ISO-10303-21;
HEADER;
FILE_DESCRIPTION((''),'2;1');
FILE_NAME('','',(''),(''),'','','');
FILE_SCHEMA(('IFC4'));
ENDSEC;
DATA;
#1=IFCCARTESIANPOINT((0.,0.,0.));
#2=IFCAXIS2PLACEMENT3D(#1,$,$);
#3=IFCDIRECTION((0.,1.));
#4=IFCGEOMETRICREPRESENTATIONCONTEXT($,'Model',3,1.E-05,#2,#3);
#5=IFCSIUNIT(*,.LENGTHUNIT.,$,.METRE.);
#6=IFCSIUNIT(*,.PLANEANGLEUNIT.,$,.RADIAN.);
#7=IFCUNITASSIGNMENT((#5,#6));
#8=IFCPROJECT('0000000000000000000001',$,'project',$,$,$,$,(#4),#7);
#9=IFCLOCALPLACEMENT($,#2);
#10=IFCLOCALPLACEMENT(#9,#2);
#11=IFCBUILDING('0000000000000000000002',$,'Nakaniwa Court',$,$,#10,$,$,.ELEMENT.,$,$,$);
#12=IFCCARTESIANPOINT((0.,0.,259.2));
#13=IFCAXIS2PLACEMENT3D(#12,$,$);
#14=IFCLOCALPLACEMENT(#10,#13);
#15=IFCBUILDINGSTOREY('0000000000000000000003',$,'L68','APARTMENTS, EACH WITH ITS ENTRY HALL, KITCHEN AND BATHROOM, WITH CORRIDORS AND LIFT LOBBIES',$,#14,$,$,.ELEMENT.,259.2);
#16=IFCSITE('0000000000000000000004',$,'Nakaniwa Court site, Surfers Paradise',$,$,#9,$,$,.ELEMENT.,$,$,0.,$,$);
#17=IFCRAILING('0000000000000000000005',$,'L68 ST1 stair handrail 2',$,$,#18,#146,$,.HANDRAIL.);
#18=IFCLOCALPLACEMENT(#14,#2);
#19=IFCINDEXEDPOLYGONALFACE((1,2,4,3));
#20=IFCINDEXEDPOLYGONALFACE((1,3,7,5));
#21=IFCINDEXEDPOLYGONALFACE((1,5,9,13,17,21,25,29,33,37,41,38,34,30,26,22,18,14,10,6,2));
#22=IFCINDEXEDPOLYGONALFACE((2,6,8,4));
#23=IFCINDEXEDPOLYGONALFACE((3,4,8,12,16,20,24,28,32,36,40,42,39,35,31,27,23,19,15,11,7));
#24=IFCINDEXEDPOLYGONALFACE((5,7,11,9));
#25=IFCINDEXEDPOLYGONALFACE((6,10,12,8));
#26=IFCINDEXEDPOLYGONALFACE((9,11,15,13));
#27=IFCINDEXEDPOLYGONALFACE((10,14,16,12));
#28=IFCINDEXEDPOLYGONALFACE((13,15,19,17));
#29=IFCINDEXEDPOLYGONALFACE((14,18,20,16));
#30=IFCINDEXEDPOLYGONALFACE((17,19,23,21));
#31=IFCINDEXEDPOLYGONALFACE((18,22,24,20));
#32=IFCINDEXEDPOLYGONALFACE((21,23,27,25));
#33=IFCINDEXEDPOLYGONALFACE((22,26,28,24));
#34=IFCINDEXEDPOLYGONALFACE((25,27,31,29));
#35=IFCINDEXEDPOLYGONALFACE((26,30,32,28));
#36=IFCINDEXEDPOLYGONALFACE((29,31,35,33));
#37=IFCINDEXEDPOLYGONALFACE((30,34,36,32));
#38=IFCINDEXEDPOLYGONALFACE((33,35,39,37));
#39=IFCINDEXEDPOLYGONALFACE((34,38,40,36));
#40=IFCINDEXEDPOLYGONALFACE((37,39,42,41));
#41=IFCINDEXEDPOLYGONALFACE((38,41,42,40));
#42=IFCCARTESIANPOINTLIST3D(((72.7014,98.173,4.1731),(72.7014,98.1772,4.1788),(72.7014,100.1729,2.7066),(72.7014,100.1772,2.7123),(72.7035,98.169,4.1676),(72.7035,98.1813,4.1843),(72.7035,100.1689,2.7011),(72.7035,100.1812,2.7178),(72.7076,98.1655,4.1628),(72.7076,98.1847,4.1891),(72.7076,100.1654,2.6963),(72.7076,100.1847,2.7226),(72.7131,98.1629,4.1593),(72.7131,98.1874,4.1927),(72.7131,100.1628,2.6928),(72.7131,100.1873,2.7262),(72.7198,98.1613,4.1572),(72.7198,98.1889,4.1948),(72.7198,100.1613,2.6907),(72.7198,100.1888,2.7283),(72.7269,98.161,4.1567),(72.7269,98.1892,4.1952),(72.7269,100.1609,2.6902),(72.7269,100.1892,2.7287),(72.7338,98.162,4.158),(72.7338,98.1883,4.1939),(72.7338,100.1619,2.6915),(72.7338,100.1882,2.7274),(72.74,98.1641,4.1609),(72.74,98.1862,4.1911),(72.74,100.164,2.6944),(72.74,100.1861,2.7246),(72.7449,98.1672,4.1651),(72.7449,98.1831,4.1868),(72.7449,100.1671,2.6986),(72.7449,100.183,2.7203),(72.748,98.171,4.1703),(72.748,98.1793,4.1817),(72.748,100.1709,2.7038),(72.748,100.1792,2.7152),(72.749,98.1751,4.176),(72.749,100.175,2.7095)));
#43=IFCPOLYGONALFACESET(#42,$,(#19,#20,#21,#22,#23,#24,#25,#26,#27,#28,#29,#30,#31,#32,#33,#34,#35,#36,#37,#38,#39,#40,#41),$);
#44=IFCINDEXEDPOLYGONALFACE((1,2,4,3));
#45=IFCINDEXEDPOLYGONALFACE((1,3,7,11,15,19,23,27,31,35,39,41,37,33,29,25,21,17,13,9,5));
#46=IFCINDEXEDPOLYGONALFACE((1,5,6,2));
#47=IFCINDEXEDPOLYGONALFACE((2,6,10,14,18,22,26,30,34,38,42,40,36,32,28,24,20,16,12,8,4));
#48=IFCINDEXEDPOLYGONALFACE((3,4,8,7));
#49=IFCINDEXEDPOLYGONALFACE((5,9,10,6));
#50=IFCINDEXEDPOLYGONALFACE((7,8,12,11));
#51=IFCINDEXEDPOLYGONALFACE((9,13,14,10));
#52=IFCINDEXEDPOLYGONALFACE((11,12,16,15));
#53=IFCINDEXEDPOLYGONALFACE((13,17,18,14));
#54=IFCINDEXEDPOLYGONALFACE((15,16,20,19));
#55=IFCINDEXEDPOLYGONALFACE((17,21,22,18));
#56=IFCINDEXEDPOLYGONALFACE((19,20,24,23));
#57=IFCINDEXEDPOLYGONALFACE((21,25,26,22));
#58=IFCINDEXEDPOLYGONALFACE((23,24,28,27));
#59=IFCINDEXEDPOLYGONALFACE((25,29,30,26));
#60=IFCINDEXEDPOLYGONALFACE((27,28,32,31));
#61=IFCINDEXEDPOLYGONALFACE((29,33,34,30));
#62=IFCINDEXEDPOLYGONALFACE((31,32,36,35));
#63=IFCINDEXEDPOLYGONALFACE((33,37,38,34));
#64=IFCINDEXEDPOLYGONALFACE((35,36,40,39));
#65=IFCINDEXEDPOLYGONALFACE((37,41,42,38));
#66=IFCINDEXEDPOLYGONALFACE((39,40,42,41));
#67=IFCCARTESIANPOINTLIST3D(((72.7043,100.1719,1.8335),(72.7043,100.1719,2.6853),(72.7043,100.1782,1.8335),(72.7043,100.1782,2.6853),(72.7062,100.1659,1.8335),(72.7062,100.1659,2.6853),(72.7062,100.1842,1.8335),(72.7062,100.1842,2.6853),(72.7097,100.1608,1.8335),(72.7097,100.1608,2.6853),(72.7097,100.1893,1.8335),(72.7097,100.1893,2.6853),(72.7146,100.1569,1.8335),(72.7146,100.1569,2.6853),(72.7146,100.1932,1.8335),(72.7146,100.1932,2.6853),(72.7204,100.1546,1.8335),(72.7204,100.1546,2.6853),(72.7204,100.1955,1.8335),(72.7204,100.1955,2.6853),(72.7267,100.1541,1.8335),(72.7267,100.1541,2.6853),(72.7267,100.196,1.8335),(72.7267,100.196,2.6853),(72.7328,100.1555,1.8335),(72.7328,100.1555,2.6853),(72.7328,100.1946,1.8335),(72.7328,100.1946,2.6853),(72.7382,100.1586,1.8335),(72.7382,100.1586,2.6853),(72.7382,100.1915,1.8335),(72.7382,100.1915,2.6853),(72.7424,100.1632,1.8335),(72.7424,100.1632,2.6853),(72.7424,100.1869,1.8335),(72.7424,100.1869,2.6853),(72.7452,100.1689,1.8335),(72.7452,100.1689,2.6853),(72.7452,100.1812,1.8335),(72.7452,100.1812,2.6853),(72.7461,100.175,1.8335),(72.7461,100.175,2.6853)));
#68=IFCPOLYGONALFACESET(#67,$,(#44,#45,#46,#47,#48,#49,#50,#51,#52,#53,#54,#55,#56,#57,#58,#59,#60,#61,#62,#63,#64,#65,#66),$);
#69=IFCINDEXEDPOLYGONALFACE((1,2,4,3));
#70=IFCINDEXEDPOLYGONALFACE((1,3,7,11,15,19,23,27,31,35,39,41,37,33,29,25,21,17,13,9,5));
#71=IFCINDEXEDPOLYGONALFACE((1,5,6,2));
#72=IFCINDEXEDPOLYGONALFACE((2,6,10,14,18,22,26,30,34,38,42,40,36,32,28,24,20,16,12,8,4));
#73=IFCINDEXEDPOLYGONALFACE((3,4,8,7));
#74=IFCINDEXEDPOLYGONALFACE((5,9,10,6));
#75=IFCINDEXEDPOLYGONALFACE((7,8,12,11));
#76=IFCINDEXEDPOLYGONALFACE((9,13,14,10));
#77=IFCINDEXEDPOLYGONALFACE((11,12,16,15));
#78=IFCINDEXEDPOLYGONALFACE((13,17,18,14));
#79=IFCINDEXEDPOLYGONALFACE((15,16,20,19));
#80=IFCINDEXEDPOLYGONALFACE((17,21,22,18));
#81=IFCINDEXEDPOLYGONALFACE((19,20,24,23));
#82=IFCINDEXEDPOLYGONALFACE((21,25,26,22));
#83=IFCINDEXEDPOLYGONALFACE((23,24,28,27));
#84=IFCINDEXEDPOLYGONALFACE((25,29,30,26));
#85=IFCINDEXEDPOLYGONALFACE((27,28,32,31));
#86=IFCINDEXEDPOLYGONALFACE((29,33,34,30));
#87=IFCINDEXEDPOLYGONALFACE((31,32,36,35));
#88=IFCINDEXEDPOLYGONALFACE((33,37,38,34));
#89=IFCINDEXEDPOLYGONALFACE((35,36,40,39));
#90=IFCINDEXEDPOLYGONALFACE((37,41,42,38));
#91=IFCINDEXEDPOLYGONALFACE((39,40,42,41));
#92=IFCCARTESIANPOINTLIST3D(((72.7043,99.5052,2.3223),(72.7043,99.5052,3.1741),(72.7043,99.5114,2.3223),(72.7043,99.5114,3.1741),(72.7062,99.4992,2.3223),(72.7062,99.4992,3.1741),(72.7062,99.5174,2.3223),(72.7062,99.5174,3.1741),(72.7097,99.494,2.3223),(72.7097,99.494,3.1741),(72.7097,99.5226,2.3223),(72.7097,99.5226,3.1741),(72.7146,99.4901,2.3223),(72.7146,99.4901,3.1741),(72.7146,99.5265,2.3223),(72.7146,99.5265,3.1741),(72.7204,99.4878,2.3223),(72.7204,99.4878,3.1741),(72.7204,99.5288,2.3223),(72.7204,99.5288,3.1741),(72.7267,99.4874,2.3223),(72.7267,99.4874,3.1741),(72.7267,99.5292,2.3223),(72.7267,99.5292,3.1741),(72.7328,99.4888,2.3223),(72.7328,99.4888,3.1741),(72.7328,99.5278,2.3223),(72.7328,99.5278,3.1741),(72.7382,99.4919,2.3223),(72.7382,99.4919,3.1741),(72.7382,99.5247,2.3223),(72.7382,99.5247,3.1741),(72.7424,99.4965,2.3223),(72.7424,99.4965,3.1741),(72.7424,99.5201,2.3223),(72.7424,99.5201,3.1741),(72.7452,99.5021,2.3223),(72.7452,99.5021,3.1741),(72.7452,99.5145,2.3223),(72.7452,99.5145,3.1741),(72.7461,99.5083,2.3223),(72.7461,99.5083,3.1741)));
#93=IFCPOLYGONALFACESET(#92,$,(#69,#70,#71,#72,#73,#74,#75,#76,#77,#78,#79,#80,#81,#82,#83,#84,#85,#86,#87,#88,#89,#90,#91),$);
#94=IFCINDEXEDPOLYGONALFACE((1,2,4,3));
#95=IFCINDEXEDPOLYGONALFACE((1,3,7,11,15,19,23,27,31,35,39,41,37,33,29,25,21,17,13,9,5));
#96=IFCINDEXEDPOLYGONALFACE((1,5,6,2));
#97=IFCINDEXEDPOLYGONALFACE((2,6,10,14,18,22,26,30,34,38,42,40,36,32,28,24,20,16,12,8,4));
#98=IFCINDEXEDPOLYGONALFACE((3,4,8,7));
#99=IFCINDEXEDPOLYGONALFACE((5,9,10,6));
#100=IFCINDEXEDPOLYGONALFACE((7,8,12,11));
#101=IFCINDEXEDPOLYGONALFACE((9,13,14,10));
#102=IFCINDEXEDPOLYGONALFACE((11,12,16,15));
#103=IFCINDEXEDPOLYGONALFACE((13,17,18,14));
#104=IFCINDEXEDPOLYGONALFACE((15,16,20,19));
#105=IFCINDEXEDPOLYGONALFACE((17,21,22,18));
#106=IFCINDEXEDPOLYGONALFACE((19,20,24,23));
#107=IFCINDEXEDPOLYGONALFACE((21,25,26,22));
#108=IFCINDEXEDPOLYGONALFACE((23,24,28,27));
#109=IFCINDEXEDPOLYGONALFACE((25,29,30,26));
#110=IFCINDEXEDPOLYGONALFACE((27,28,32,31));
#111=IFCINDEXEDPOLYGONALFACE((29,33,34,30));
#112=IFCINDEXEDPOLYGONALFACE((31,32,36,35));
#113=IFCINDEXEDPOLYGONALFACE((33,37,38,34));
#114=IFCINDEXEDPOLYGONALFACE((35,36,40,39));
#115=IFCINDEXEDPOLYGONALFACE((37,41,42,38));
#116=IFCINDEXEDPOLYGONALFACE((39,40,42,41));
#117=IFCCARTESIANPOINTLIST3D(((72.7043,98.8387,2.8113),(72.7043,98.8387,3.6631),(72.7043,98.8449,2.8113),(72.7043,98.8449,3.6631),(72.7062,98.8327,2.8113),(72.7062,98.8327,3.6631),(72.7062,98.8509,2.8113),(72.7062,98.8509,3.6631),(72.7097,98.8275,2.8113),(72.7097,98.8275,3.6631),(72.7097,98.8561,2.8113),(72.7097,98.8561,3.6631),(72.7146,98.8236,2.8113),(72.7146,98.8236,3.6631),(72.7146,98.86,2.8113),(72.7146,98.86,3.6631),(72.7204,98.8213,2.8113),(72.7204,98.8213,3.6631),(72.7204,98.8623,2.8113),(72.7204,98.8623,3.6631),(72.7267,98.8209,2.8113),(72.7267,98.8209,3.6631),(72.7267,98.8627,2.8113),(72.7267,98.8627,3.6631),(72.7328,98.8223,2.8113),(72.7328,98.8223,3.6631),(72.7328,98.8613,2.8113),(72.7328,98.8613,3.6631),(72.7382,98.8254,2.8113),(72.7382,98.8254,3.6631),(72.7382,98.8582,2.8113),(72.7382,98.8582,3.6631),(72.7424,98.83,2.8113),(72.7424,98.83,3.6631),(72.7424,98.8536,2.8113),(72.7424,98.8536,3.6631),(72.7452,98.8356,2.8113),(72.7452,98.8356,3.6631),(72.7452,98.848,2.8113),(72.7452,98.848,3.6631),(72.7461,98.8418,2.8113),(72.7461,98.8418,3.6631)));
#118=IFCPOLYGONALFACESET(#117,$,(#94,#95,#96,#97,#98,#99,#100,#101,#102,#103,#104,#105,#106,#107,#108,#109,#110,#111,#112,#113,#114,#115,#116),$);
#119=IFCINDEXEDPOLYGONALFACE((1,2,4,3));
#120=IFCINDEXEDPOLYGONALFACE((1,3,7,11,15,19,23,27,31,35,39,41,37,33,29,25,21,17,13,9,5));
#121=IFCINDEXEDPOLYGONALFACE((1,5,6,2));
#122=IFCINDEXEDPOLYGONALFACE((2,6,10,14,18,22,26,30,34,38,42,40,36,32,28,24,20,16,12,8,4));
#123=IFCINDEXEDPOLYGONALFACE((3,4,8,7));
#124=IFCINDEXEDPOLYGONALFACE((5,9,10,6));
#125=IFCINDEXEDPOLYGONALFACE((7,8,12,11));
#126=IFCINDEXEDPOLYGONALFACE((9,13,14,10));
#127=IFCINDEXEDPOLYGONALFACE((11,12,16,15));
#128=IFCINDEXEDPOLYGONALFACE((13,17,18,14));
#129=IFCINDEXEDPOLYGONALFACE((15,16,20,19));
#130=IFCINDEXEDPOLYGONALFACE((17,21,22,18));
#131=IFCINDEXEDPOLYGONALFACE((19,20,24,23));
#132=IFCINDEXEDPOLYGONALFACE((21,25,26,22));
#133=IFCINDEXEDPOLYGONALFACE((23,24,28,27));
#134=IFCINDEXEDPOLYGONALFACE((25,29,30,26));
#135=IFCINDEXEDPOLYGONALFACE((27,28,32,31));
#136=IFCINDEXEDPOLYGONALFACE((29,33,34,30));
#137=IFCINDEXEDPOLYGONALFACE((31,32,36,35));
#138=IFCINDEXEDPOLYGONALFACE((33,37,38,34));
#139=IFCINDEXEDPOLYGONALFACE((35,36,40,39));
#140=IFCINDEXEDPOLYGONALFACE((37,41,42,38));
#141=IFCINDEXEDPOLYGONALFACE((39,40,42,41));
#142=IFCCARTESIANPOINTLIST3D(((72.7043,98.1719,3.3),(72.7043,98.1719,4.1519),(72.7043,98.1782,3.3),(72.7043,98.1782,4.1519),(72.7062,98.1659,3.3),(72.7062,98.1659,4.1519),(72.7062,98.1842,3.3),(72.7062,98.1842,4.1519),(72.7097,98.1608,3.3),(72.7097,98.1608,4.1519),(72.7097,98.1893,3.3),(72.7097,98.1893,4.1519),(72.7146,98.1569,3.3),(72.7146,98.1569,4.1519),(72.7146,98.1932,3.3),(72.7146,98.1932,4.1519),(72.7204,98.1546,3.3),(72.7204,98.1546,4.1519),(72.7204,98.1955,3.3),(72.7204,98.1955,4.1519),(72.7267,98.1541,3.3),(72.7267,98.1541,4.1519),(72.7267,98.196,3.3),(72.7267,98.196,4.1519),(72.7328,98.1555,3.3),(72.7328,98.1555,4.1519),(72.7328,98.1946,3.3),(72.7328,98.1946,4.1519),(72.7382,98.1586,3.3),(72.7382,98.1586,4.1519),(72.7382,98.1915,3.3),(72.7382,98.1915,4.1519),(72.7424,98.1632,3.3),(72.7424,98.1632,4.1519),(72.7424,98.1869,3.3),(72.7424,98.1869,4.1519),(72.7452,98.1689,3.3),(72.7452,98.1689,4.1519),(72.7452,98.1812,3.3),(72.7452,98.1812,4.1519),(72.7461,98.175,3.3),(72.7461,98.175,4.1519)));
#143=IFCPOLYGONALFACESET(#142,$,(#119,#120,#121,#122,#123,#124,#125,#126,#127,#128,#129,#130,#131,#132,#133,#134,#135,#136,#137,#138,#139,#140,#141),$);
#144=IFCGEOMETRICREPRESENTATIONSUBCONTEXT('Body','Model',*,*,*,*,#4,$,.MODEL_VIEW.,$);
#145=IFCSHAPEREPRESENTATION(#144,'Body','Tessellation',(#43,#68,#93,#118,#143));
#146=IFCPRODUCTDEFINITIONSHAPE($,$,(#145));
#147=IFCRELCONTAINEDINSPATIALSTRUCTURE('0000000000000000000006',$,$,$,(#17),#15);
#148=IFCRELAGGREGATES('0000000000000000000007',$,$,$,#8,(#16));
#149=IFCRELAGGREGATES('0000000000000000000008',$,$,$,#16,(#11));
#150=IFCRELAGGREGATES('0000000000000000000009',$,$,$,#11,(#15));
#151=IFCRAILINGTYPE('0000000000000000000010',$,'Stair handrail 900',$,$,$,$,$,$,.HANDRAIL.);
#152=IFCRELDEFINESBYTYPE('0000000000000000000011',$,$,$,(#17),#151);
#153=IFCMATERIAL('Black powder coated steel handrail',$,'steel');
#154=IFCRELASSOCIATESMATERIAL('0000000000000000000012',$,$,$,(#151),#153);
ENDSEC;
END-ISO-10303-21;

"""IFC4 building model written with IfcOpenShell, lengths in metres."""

from ifc_helpers import new_model, si_unit, direction, frame, origin, origin_2d, place, context, subcontext, project, spatial, circle, extrude, material, type_object, element, save


model = new_model("IFC4")

# Units and contexts
model_context = context("Model", 3, precision=1e-05, world=origin(), true_north=direction((0.0, 1.0)))
body_context = subcontext(model_context, "Body", "Model", "MODEL_VIEW")
ifc_project = project(units=[si_unit("LENGTHUNIT", "METRE"), si_unit("PLANEANGLEUNIT", "RADIAN")], contexts=[model_context])

# Site, building, storey
site_placement = place(None, origin())
site = spatial("IfcSite", under=ifc_project, at=site_placement, Name="Nakaniwa Court site, Surfers Paradise", CompositionType="ELEMENT", RefElevation=0.0)
building_placement = place(site_placement, origin())
building = spatial("IfcBuilding", under=site, at=building_placement, Name="Nakaniwa Court", CompositionType="ELEMENT")
storey_placement = place(building_placement, frame((0.0, 0.0, 259.2)))
storey = spatial("IfcBuildingStorey", under=building, at=storey_placement, Name="L68", Description="APARTMENTS, EACH WITH ITS ENTRY HALL, KITCHEN AND BATHROOM, WITH CORRIDORS AND LIFT LOBBIES", CompositionType="ELEMENT", Elevation=259.2)

# Railing
ifc_material_1 = material(Name="Black powder coated steel handrail", Category="steel")
railing_type_1 = type_object("IfcRailingType", Name="Stair handrail 900", PredefinedType="HANDRAIL", material=ifc_material_1)
railing_1_placement = place(storey_placement, frame((72.7251, 100.175, 1.8335)))
element("IfcRailing", 1, at=railing_1_placement, inside=storey, type_object=railing_type_1, Name="L68 ST1 stair handrail 2", PredefinedType="HANDRAIL", context=body_context, shape_type="SweptSolid", body=[
    extrude(circle(Radius=0.0239, at=origin_2d()), frame((0.0, 0.0, 0.876), z_axis=(0.0, -0.806427, 0.591334), x_axis=(1.0, 0.0, 0.0)), (0.0, 0.0, 1.0), 2.48),
    extrude(circle(Radius=0.021, at=origin_2d()), origin(), (0.0, 0.0, 1.0), 0.8518),
    extrude(circle(Radius=0.021, at=origin_2d()), frame((0.0, -0.6667, 0.4888)), (0.0, 0.0, 1.0), 0.8518),
    extrude(circle(Radius=0.021, at=origin_2d()), frame((0.0, -1.3333, 0.9778)), (0.0, 0.0, 1.0), 0.8518),
    extrude(circle(Radius=0.021, at=origin_2d()), frame((0.0, -2.0, 1.4666)), (0.0, 0.0, 1.0), 0.8518),
])

save(model, "model.ifc")
